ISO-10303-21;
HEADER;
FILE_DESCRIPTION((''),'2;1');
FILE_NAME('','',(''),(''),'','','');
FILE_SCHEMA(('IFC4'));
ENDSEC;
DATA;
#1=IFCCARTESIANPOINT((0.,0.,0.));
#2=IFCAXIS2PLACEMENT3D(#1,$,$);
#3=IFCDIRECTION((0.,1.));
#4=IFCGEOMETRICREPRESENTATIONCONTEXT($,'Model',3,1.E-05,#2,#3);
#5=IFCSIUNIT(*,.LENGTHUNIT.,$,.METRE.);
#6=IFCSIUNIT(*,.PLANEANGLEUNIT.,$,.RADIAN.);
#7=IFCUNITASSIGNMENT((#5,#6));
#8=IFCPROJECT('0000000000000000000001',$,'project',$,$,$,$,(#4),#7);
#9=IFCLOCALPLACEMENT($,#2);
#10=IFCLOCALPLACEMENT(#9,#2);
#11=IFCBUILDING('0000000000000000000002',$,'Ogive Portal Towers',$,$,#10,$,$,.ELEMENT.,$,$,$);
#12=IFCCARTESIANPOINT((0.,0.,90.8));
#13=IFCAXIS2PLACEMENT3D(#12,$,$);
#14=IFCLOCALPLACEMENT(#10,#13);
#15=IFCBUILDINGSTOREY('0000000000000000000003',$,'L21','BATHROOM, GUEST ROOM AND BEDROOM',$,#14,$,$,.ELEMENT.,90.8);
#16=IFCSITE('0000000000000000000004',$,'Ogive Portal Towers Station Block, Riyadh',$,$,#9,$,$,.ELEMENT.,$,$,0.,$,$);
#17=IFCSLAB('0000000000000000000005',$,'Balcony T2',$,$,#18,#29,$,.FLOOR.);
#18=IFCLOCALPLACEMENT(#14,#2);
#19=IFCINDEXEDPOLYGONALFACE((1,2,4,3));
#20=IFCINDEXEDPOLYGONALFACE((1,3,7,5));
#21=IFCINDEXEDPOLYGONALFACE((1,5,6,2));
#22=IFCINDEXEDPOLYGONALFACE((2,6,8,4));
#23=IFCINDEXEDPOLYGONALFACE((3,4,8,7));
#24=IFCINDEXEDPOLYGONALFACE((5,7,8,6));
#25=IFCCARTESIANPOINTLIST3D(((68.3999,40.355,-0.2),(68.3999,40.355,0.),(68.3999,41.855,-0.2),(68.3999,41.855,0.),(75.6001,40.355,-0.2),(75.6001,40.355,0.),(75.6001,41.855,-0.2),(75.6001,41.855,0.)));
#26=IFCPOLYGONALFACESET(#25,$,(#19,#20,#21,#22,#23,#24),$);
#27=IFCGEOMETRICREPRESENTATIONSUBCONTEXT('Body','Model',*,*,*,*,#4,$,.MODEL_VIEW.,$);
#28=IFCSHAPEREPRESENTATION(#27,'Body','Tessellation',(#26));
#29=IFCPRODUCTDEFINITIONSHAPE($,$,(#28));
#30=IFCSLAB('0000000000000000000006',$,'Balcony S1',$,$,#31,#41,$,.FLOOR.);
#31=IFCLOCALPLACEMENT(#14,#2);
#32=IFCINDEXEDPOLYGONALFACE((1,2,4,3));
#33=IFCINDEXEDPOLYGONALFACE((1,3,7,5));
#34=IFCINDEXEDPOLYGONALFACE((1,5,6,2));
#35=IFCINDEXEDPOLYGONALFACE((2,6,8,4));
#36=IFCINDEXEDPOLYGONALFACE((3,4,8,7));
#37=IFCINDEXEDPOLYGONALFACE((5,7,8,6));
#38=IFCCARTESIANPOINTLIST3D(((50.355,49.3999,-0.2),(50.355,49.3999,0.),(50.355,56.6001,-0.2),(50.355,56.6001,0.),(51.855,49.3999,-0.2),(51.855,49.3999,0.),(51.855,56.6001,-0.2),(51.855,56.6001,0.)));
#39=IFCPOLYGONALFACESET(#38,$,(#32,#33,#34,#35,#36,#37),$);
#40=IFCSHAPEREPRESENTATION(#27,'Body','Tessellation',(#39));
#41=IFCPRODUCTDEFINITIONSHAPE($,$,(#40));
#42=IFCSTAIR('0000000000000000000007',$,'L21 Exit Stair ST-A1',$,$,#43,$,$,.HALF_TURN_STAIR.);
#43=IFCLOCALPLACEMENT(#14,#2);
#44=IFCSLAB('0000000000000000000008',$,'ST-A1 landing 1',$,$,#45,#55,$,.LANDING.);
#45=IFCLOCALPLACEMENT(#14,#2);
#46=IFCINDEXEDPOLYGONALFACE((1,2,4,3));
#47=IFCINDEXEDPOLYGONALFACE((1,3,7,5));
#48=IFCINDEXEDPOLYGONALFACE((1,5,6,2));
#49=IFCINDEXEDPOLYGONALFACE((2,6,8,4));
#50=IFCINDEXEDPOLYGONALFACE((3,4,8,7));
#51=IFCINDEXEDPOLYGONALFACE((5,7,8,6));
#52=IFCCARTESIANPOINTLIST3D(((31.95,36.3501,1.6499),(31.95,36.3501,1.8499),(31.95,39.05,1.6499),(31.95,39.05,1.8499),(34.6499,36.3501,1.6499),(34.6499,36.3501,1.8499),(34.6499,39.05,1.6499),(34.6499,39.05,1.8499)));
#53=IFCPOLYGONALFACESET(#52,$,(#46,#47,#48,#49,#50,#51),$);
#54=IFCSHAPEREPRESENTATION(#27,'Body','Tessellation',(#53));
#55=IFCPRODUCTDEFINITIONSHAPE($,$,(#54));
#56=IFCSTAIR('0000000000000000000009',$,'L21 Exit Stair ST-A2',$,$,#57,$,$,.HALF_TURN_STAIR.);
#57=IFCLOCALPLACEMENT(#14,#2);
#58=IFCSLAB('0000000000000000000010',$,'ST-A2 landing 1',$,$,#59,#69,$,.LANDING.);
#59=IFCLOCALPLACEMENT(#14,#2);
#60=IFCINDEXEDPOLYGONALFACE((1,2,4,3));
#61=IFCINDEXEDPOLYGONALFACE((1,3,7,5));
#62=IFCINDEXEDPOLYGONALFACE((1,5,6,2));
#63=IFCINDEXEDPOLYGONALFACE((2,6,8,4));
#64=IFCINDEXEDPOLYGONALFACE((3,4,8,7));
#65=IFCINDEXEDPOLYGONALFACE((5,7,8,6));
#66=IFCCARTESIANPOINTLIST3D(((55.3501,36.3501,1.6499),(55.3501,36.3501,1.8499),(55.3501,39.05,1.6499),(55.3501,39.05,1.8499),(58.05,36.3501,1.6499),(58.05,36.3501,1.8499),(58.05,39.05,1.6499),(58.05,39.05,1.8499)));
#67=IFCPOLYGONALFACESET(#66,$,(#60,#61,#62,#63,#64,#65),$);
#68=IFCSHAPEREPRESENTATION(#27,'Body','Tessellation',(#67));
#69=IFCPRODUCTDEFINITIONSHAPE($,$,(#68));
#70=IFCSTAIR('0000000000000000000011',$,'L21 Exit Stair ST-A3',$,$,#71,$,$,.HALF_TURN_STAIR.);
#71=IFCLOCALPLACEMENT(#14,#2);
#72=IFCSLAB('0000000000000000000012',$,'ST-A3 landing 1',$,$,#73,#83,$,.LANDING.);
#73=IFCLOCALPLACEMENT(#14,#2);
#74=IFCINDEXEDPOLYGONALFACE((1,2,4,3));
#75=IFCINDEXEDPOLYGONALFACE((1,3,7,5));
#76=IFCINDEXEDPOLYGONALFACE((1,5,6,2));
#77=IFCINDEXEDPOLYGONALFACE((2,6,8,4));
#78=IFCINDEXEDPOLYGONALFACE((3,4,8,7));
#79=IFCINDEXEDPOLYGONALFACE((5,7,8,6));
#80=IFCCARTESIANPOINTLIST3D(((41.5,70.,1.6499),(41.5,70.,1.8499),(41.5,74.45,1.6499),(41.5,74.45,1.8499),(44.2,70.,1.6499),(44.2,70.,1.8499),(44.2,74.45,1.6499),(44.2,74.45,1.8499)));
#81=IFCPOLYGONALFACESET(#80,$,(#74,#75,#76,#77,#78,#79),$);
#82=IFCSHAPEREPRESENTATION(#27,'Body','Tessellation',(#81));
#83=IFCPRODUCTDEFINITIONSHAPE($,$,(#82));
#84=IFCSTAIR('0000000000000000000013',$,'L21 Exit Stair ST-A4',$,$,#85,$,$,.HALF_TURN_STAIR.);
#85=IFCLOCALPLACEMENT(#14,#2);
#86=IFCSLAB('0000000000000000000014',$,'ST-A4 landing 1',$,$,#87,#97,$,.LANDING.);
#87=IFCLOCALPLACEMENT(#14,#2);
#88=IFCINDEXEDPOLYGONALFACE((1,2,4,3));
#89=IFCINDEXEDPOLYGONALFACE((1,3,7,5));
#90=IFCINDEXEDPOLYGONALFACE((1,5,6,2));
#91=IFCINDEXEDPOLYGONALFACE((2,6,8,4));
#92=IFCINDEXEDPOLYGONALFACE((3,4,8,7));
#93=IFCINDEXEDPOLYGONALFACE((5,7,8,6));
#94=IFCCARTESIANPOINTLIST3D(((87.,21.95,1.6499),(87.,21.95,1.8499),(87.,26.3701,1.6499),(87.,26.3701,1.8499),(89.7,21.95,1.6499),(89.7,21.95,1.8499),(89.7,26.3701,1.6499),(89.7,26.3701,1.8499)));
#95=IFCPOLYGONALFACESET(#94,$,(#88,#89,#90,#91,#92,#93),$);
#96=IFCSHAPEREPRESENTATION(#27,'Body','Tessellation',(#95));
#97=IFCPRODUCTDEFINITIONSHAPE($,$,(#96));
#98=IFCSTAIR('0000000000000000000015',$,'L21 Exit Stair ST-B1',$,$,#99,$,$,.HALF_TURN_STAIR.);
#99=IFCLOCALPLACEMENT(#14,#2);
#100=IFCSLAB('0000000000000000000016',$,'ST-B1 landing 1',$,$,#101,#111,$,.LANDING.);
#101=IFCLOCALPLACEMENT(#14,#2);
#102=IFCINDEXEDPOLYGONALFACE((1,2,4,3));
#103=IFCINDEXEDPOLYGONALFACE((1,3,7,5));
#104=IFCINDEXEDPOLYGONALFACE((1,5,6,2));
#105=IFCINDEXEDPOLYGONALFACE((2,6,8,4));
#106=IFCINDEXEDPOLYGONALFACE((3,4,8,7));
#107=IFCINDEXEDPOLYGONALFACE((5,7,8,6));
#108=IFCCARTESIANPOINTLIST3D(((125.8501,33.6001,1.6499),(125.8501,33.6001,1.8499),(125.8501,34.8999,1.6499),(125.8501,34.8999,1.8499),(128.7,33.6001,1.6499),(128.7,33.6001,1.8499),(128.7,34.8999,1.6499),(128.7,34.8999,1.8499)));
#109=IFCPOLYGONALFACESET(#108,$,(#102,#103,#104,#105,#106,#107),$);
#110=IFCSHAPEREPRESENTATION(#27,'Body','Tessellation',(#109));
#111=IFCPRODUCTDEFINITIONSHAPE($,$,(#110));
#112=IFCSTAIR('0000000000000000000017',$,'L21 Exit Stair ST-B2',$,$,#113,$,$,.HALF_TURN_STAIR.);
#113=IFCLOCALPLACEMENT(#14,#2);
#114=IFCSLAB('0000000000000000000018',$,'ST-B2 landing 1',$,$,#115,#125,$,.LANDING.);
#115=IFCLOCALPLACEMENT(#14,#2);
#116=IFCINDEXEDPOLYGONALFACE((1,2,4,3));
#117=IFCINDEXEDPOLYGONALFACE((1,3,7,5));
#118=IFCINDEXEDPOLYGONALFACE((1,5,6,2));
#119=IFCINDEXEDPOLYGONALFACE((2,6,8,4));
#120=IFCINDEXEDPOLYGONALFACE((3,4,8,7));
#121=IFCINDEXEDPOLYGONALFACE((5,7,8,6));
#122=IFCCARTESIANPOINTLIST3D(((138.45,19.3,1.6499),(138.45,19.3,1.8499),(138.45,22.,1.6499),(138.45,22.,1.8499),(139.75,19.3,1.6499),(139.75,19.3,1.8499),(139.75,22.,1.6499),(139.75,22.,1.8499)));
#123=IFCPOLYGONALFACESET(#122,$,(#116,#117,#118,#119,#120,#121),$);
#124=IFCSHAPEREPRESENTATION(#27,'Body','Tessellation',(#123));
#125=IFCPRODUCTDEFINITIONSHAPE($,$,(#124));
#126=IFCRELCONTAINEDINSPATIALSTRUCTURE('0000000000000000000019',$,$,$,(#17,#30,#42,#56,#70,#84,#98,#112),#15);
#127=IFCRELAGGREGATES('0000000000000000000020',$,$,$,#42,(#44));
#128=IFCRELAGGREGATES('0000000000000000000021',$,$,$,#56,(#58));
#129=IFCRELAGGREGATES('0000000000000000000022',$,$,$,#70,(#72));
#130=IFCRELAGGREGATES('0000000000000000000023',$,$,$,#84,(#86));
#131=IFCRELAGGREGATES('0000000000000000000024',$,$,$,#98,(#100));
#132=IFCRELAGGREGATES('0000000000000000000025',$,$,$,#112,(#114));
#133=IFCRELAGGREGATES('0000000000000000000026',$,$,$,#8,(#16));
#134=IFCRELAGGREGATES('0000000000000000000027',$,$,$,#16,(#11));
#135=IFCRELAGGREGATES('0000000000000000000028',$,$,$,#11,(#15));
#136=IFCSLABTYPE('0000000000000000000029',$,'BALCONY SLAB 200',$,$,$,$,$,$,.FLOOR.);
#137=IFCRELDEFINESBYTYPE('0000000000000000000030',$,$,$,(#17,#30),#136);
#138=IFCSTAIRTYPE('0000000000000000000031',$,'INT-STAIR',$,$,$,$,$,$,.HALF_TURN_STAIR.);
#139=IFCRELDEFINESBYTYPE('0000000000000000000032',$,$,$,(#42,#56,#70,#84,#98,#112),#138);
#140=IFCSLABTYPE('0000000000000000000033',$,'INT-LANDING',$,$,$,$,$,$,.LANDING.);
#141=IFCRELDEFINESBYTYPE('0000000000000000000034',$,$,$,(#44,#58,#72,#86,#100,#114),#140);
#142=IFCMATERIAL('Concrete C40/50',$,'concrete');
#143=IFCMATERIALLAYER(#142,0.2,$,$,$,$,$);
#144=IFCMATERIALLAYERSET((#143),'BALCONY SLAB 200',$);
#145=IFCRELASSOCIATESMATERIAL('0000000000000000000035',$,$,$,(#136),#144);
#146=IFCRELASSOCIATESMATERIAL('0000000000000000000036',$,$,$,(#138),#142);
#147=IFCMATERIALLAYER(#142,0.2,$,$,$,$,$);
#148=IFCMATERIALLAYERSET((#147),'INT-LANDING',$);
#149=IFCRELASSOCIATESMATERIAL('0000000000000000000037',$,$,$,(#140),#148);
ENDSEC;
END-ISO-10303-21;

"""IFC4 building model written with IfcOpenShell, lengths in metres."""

from ifc_helpers import new_model, si_unit, direction, frame, origin, place, context, subcontext, project, spatial, polyline, outline, extrude, material, layer, layer_set, type_object, element, aggregate, save


model = new_model("IFC4")

# Units and contexts
model_context = context("Model", 3, precision=1e-05, world=origin(), true_north=direction((0.0, 1.0)))
body_context = subcontext(model_context, "Body", "Model", "MODEL_VIEW")
ifc_project = project(units=[si_unit("LENGTHUNIT", "METRE"), si_unit("PLANEANGLEUNIT", "RADIAN")], contexts=[model_context])

# Site, building, storey
site_placement = place(None, origin())
site = spatial("IfcSite", under=ifc_project, at=site_placement, Name="Ogive Portal Towers Station Block, Riyadh", CompositionType="ELEMENT", RefElevation=0.0)
building_placement = place(site_placement, origin())
building = spatial("IfcBuilding", under=site, at=building_placement, Name="Ogive Portal Towers", CompositionType="ELEMENT")
storey_placement = place(building_placement, frame((0.0, 0.0, 90.8)))
storey = spatial("IfcBuildingStorey", under=building, at=storey_placement, Name="L21", Description="BATHROOM, GUEST ROOM AND BEDROOM", CompositionType="ELEMENT", Elevation=90.8)

# Slabs
ifc_material_1 = material(Name="Concrete C40/50", Category="concrete")
ifc_layer_1 = layer(ifc_material_1, 0.2)
ifc_layer_set_1 = layer_set([ifc_layer_1], Name="BALCONY SLAB 200")
slab_type_1 = type_object("IfcSlabType", Name="BALCONY SLAB 200", PredefinedType="FLOOR", material=ifc_layer_set_1)
slab_1_placement = place(storey_placement, frame((0.0, 0.0, -0.2)))
element("IfcSlab", 1, at=slab_1_placement, inside=storey, type_object=slab_type_1, Name="Balcony T2", PredefinedType="FLOOR", context=body_context, shape_type="SweptSolid", body=[
    extrude(outline(polyline([(68.3999, 40.355), (75.6001, 40.355), (75.6001, 41.855), (68.3999, 41.855), (68.3999, 40.355)])), origin(), (0.0, 0.0, 1.0), 0.2),
])
slab_2_placement = place(storey_placement, frame((0.0, 0.0, -0.2)))
element("IfcSlab", 2, at=slab_2_placement, inside=storey, type_object=slab_type_1, Name="Balcony S1", PredefinedType="FLOOR", context=body_context, shape_type="SweptSolid", body=[
    extrude(outline(polyline([(50.355, 49.3999), (51.855, 49.3999), (51.855, 56.6001), (50.355, 56.6001), (50.355, 49.3999)])), origin(), (0.0, 0.0, 1.0), 0.2),
])

# Stairs, slabs
stair_type = type_object("IfcStairType", Name="INT-STAIR", PredefinedType="HALF_TURN_STAIR", material=ifc_material_1)
stair_1_placement = place(storey_placement, origin())
stair_1 = element("IfcStair", 3, at=stair_1_placement, inside=storey, type_object=stair_type, Name="L21 Exit Stair ST-A1", PredefinedType="HALF_TURN_STAIR")
ifc_layer_2 = layer(ifc_material_1, 0.2)
ifc_layer_set_2 = layer_set([ifc_layer_2], Name="INT-LANDING")
slab_type_2 = type_object("IfcSlabType", Name="INT-LANDING", PredefinedType="LANDING", material=ifc_layer_set_2)
slab_3_placement = place(storey_placement, frame((0.0, 0.0, 1.6499)))
slab_3 = element("IfcSlab", 4, at=slab_3_placement, type_object=slab_type_2, Name="ST-A1 landing 1", PredefinedType="LANDING", context=body_context, shape_type="SweptSolid", body=[
    extrude(outline(polyline([(34.6499, 39.05), (31.95, 39.05), (31.95, 36.3501), (34.6499, 36.3501), (34.6499, 39.05)])), origin(), (0.0, 0.0, 1.0), 0.2),
])
aggregate(stair_1, [slab_3])
stair_2_placement = place(storey_placement, origin())
stair_2 = element("IfcStair", 5, at=stair_2_placement, inside=storey, type_object=stair_type, Name="L21 Exit Stair ST-A2", PredefinedType="HALF_TURN_STAIR")
slab_4_placement = place(storey_placement, frame((0.0, 0.0, 1.6499)))
slab_4 = element("IfcSlab", 6, at=slab_4_placement, type_object=slab_type_2, Name="ST-A2 landing 1", PredefinedType="LANDING", context=body_context, shape_type="SweptSolid", body=[
    extrude(outline(polyline([(55.3501, 36.3501), (58.05, 36.3501), (58.05, 39.05), (55.3501, 39.05), (55.3501, 36.3501)])), origin(), (0.0, 0.0, 1.0), 0.2),
])
aggregate(stair_2, [slab_4])
stair_3_placement = place(storey_placement, origin())
stair_3 = element("IfcStair", 7, at=stair_3_placement, inside=storey, type_object=stair_type, Name="L21 Exit Stair ST-A3", PredefinedType="HALF_TURN_STAIR")
slab_5_placement = place(storey_placement, frame((0.0, 0.0, 1.6499)))
slab_5 = element("IfcSlab", 8, at=slab_5_placement, type_object=slab_type_2, Name="ST-A3 landing 1", PredefinedType="LANDING", context=body_context, shape_type="SweptSolid", body=[
    extrude(outline(polyline([(44.2, 70.0), (44.2, 74.45), (41.5, 74.45), (41.5, 70.0), (44.2, 70.0)])), origin(), (0.0, 0.0, 1.0), 0.2),
])
aggregate(stair_3, [slab_5])
stair_4_placement = place(storey_placement, origin())
stair_4 = element("IfcStair", 9, at=stair_4_placement, inside=storey, type_object=stair_type, Name="L21 Exit Stair ST-A4", PredefinedType="HALF_TURN_STAIR")
slab_6_placement = place(storey_placement, frame((0.0, 0.0, 1.6499)))
slab_6 = element("IfcSlab", 10, at=slab_6_placement, type_object=slab_type_2, Name="ST-A4 landing 1", PredefinedType="LANDING", context=body_context, shape_type="SweptSolid", body=[
    extrude(outline(polyline([(87.0, 26.3701), (87.0, 21.95), (89.7, 21.95), (89.7, 26.3701), (87.0, 26.3701)])), origin(), (0.0, 0.0, 1.0), 0.2),
])
aggregate(stair_4, [slab_6])
stair_5_placement = place(storey_placement, origin())
stair_5 = element("IfcStair", 11, at=stair_5_placement, inside=storey, type_object=stair_type, Name="L21 Exit Stair ST-B1", PredefinedType="HALF_TURN_STAIR")
slab_7_placement = place(storey_placement, frame((0.0, 0.0, 1.6499)))
slab_7 = element("IfcSlab", 12, at=slab_7_placement, type_object=slab_type_2, Name="ST-B1 landing 1", PredefinedType="LANDING", context=body_context, shape_type="SweptSolid", body=[
    extrude(outline(polyline([(128.7, 33.6001), (128.7, 34.8999), (125.8501, 34.8999), (125.8501, 33.6001), (128.7, 33.6001)])), origin(), (0.0, 0.0, 1.0), 0.2),
])
aggregate(stair_5, [slab_7])
stair_6_placement = place(storey_placement, origin())
stair_6 = element("IfcStair", 13, at=stair_6_placement, inside=storey, type_object=stair_type, Name="L21 Exit Stair ST-B2", PredefinedType="HALF_TURN_STAIR")
slab_8_placement = place(storey_placement, frame((0.0, 0.0, 1.6499)))
slab_8 = element("IfcSlab", 14, at=slab_8_placement, type_object=slab_type_2, Name="ST-B2 landing 1", PredefinedType="LANDING", context=body_context, shape_type="SweptSolid", body=[
    extrude(outline(polyline([(139.75, 22.0), (138.45, 22.0), (138.45, 19.3), (139.75, 19.3), (139.75, 22.0)])), origin(), (0.0, 0.0, 1.0), 0.2),
])
aggregate(stair_6, [slab_8])

save(model, "model.ifc")
